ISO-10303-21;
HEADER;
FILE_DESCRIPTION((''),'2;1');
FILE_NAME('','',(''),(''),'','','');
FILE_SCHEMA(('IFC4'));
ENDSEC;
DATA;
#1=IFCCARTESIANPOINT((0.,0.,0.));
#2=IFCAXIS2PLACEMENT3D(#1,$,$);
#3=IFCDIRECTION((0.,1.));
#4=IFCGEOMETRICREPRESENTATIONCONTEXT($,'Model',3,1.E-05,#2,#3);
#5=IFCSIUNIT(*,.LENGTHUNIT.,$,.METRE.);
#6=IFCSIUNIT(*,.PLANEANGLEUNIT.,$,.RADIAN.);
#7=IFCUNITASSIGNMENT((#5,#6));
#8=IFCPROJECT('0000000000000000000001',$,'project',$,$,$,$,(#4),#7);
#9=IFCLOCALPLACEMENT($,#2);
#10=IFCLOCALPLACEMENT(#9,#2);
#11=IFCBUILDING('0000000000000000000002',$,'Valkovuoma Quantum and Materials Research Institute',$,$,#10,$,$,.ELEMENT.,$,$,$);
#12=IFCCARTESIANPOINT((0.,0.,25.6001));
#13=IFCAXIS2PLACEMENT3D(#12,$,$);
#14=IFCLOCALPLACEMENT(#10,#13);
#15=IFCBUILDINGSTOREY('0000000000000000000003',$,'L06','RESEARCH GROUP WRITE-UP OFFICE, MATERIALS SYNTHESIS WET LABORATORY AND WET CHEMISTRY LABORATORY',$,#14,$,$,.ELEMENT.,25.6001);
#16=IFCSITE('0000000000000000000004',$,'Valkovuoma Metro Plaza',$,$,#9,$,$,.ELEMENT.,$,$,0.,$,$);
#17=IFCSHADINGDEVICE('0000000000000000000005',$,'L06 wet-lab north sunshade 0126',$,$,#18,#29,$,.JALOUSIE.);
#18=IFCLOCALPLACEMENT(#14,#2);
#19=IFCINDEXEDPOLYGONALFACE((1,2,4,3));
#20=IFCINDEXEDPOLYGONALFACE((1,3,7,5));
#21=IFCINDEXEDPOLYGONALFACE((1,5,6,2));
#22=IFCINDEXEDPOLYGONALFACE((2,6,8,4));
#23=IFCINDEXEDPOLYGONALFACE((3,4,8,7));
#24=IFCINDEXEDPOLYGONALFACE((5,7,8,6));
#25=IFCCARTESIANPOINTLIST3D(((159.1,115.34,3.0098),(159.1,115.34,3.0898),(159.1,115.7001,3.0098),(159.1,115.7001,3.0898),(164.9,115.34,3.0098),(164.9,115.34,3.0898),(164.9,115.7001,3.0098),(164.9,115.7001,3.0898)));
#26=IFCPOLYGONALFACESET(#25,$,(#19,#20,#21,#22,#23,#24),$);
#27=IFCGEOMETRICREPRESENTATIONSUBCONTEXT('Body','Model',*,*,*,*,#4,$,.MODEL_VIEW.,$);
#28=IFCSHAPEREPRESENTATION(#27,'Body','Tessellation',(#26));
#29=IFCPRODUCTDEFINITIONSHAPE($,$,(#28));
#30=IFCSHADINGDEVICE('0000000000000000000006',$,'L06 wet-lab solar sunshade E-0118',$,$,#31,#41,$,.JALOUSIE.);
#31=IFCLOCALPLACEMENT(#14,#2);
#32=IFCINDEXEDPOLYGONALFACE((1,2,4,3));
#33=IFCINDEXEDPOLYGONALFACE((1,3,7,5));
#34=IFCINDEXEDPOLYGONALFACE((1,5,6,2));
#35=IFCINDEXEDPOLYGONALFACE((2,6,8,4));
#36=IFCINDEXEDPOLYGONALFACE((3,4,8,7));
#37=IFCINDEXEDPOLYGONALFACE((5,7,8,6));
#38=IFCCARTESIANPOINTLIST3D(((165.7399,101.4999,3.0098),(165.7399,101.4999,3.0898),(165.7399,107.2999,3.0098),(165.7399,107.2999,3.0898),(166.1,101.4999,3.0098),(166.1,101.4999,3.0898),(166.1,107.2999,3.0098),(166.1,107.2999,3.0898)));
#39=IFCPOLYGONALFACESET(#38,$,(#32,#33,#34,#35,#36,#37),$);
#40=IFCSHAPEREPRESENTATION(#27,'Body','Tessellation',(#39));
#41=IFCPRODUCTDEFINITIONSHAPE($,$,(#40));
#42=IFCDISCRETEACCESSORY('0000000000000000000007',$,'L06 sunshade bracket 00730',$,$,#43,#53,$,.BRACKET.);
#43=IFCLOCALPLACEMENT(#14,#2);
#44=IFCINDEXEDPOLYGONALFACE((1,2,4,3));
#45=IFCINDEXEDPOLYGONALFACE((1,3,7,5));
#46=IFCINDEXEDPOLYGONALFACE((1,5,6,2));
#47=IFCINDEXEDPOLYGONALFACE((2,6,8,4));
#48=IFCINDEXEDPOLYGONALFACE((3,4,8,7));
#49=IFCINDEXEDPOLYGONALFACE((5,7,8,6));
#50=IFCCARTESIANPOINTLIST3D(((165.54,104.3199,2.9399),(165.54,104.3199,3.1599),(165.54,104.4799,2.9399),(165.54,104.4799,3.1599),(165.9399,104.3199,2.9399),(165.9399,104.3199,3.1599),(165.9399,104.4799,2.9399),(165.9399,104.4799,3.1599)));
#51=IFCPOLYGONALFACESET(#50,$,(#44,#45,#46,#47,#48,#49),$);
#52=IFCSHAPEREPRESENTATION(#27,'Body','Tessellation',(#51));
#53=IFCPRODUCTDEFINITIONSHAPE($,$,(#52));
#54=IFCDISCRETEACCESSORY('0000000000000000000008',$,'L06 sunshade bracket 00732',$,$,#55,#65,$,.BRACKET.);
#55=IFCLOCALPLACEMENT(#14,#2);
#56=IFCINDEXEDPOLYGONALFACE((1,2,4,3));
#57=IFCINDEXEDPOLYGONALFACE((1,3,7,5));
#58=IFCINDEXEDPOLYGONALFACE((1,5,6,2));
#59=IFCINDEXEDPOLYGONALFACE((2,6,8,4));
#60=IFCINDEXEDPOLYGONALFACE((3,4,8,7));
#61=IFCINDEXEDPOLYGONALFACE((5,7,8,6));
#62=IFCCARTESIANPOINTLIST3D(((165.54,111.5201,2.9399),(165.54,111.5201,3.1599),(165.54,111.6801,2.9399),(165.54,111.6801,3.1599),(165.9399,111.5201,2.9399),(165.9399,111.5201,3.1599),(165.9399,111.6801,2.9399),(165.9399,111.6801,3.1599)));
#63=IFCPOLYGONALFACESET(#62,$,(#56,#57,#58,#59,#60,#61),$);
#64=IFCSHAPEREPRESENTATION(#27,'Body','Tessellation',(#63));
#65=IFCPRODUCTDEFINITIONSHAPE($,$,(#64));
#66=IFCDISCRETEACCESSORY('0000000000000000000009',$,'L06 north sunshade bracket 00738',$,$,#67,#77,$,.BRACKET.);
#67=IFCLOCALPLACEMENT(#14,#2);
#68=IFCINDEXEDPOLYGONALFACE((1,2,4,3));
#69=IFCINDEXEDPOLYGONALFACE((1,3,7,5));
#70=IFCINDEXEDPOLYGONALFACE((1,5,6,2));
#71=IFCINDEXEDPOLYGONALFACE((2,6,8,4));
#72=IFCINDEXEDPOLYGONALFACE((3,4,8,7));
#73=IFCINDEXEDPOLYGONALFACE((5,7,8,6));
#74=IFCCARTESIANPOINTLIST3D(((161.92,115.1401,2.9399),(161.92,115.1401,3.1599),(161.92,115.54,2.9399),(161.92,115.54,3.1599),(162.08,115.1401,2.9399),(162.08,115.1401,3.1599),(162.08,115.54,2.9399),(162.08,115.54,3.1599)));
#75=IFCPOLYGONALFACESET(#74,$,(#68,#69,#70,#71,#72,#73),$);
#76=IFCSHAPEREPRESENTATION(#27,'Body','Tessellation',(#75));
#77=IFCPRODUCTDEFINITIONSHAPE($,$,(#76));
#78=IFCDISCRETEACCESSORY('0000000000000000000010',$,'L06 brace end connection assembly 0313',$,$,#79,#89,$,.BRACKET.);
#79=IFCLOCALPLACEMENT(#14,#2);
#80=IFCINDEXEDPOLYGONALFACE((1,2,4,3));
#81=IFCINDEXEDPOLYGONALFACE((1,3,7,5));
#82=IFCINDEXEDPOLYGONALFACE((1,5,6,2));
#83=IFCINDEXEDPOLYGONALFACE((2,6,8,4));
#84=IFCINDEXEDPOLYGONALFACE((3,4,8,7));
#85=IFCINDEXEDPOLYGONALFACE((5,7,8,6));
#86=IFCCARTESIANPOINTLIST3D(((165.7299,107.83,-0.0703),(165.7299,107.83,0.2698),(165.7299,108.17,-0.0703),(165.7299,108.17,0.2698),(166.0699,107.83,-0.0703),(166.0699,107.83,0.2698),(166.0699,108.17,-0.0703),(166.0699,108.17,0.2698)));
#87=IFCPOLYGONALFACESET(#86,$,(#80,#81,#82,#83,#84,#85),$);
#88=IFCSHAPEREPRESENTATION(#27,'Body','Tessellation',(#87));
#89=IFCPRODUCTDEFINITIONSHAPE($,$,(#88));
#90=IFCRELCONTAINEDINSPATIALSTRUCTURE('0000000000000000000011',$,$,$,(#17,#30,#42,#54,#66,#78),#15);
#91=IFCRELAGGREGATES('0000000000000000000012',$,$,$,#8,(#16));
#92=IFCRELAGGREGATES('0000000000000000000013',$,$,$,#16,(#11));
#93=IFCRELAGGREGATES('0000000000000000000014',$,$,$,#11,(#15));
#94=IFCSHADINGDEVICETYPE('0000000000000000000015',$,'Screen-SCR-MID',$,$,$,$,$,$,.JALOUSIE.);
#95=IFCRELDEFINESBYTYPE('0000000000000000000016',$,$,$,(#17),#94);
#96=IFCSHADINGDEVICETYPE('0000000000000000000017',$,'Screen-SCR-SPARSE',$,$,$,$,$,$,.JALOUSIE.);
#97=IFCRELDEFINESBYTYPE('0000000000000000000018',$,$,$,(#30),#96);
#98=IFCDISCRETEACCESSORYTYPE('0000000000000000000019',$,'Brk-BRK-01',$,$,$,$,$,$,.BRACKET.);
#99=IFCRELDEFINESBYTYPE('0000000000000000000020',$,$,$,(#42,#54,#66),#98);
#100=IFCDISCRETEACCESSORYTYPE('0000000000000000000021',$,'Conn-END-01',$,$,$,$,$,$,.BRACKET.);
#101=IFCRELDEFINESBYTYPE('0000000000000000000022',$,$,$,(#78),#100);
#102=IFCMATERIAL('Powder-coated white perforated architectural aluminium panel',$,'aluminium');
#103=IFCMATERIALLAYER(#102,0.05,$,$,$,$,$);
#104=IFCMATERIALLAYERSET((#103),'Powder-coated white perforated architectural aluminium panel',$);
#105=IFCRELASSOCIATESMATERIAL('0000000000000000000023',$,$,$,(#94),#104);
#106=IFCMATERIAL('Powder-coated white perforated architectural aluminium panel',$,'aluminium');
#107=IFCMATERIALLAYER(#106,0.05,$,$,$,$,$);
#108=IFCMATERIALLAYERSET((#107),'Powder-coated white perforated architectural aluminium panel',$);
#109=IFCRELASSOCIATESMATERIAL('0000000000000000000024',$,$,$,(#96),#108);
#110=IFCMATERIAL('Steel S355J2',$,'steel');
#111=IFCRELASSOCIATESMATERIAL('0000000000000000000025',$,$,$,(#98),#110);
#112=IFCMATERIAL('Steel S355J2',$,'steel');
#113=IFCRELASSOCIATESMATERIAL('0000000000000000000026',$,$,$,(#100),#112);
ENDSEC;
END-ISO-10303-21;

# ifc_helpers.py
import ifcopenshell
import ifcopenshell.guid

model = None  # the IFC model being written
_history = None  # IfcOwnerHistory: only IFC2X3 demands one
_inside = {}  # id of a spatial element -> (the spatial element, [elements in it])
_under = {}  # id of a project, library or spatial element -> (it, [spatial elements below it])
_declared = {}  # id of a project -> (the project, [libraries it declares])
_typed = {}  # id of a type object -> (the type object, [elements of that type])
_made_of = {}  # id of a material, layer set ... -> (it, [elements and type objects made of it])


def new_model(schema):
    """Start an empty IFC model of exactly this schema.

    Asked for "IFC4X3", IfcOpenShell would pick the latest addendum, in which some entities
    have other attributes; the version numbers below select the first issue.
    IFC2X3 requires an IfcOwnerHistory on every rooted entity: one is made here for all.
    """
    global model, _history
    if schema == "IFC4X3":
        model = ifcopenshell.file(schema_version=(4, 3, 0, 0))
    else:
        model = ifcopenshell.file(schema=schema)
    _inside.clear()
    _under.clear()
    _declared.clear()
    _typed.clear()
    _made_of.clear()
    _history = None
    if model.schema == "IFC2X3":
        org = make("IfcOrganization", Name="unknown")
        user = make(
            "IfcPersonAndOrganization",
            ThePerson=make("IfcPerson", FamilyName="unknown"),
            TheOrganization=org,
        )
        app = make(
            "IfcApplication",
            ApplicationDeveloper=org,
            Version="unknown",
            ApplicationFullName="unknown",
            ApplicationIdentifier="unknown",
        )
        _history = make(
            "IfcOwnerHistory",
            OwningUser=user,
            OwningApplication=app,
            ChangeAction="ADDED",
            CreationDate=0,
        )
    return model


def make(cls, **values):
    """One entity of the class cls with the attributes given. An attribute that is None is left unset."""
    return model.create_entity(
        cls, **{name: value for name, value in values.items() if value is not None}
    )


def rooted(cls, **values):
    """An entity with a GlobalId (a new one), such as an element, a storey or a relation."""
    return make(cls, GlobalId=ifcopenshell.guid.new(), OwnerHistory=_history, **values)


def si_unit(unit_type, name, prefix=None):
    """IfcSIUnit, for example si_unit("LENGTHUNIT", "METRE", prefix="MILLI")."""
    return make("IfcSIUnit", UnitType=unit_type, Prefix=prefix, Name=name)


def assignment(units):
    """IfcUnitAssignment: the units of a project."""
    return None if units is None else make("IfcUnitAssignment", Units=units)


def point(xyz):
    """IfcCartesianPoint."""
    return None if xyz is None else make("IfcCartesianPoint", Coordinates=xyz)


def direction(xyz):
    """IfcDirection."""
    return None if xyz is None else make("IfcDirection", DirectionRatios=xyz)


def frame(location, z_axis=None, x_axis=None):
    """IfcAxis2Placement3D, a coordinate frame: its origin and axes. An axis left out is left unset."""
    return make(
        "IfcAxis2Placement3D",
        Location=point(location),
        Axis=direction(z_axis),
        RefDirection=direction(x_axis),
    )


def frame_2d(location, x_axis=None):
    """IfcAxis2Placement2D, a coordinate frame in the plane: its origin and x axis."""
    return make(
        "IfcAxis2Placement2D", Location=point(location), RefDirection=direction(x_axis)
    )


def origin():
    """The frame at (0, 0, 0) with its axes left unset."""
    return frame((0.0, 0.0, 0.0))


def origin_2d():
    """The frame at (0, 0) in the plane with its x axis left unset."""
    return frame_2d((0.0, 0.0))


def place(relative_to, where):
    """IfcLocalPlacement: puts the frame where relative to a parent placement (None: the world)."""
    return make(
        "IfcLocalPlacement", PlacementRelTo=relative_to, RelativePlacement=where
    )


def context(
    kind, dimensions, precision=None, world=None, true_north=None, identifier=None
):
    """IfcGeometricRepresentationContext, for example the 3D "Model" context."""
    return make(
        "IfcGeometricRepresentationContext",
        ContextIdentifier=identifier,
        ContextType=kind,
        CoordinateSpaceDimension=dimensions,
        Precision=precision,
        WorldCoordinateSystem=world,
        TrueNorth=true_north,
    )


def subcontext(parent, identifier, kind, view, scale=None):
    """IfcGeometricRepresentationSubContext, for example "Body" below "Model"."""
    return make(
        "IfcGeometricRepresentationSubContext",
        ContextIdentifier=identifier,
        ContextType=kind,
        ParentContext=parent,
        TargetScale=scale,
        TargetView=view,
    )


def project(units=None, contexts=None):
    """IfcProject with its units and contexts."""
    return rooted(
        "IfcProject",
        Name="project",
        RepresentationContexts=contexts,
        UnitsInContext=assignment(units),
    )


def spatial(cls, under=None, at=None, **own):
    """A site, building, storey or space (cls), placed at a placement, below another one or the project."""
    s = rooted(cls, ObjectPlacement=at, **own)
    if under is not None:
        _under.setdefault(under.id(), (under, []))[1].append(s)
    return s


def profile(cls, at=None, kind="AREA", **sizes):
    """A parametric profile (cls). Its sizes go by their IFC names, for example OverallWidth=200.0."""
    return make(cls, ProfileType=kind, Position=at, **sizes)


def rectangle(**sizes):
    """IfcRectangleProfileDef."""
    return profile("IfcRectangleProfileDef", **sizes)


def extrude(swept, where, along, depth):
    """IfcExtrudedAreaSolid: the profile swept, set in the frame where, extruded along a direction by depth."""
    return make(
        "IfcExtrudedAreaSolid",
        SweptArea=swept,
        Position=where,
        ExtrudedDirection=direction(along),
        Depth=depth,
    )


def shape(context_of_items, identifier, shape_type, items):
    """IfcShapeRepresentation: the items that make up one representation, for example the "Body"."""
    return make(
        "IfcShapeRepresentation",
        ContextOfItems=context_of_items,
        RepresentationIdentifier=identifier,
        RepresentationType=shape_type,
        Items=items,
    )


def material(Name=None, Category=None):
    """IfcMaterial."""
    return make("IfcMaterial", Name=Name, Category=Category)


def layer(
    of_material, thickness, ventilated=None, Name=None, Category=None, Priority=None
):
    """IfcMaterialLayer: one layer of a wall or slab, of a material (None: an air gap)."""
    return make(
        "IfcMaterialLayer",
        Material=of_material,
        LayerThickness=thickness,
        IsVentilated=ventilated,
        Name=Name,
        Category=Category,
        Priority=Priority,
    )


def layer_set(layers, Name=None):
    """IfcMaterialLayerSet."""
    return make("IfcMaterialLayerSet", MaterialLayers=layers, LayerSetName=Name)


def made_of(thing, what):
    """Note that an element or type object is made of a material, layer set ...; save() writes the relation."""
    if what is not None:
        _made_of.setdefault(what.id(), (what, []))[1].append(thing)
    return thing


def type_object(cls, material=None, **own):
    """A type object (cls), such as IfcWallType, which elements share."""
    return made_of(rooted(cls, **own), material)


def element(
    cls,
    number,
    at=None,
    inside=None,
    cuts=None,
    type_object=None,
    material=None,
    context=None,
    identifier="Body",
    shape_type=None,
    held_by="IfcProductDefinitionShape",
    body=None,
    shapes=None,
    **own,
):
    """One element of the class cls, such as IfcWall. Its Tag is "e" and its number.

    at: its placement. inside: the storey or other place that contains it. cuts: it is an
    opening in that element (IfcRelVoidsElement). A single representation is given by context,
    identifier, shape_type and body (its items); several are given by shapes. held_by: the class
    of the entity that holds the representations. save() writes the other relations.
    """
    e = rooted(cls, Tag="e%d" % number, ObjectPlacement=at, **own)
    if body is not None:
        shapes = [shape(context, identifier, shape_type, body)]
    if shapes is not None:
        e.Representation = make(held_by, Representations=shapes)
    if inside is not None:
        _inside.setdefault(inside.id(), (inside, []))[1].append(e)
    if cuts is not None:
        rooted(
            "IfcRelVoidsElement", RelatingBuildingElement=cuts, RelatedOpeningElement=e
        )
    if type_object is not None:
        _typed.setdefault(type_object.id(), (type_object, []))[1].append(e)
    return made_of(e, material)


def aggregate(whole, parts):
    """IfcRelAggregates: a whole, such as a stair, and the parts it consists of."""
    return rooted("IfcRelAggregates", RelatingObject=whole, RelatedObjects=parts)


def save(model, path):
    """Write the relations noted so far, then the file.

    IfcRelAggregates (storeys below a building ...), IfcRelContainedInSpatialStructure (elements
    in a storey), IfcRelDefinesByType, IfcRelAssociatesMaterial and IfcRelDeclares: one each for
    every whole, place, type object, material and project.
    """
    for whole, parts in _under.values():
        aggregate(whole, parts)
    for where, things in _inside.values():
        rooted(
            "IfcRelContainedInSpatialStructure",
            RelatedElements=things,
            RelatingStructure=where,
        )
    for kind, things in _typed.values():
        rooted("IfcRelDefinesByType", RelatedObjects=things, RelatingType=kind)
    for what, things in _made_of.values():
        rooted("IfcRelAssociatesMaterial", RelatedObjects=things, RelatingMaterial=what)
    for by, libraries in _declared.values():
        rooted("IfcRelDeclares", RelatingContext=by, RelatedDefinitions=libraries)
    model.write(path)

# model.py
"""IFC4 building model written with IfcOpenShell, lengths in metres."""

from ifc_helpers import new_model, si_unit, direction, frame, origin, origin_2d, place, context, subcontext, project, spatial, rectangle, extrude, material, layer, layer_set, type_object, element, save


model = new_model("IFC4")

# Units and contexts
model_context = context("Model", 3, precision=1e-05, world=origin(), true_north=direction((0.0, 1.0)))
body_context = subcontext(model_context, "Body", "Model", "MODEL_VIEW")
ifc_project = project(units=[si_unit("LENGTHUNIT", "METRE"), si_unit("PLANEANGLEUNIT", "RADIAN")], contexts=[model_context])

# Site, building, storey
site_placement = place(None, origin())
site = spatial("IfcSite", under=ifc_project, at=site_placement, Name="Valkovuoma Metro Plaza", CompositionType="ELEMENT", RefElevation=0.0)
building_placement = place(site_placement, origin())
building = spatial("IfcBuilding", under=site, at=building_placement, Name="Valkovuoma Quantum and Materials Research Institute", CompositionType="ELEMENT")
storey_placement = place(building_placement, frame((0.0, 0.0, 25.6001)))
storey = spatial("IfcBuildingStorey", under=building, at=storey_placement, Name="L06", Description="RESEARCH GROUP WRITE-UP OFFICE, MATERIALS SYNTHESIS WET LABORATORY AND WET CHEMISTRY LABORATORY", CompositionType="ELEMENT", Elevation=25.6001)

# Shading devices
ifc_material_1 = material(Name="Powder-coated white perforated architectural aluminium panel", Category="aluminium")
ifc_layer_1 = layer(ifc_material_1, 0.05)
ifc_layer_set_1 = layer_set([ifc_layer_1], Name="Powder-coated white perforated architectural aluminium panel")
shading_device_type_1 = type_object("IfcShadingDeviceType", Name="Screen-SCR-MID", PredefinedType="JALOUSIE", material=ifc_layer_set_1)
shading_device_1_placement = place(storey_placement, frame((162.0, 115.52, 3.0098), z_axis=(0.0, 0.0, 1.0), x_axis=(1.0, 0.0, 0.0)))
element("IfcShadingDevice", 1, at=shading_device_1_placement, inside=storey, type_object=shading_device_type_1, Name="L06 wet-lab north sunshade 0126", PredefinedType="JALOUSIE", context=body_context, shape_type="SweptSolid", body=[
    extrude(rectangle(XDim=5.8, YDim=0.3601, at=origin_2d()), origin(), (0.0, 0.0, 1.0), 0.0801),
])
ifc_material_2 = material(Name="Powder-coated white perforated architectural aluminium panel", Category="aluminium")
ifc_layer_2 = layer(ifc_material_2, 0.05)
ifc_layer_set_2 = layer_set([ifc_layer_2], Name="Powder-coated white perforated architectural aluminium panel")
shading_device_type_2 = type_object("IfcShadingDeviceType", Name="Screen-SCR-SPARSE", PredefinedType="JALOUSIE", material=ifc_layer_set_2)
shading_device_2_placement = place(storey_placement, frame((165.9199, 104.3999, 3.0098), z_axis=(0.0, 0.0, 1.0), x_axis=(1.0, 0.0, 0.0)))
element("IfcShadingDevice", 2, at=shading_device_2_placement, inside=storey, type_object=shading_device_type_2, Name="L06 wet-lab solar sunshade E-0118", PredefinedType="JALOUSIE", context=body_context, shape_type="SweptSolid", body=[
    extrude(rectangle(XDim=0.3601, YDim=5.8, at=origin_2d()), origin(), (0.0, 0.0, 1.0), 0.0801),
])

# Discrete accessories
ifc_material_3 = material(Name="Steel S355J2", Category="steel")
discrete_accessory_type_1 = type_object("IfcDiscreteAccessoryType", Name="Brk-BRK-01", PredefinedType="BRACKET", material=ifc_material_3)
for number, where, z_axis, x_axis, name in (
    (3, (165.74, 104.3999, 2.9399), (0.0, 0.0, 1.0), (1.0, 0.0, 0.0), "L06 sunshade bracket 00730"),
    (4, (165.74, 111.6001, 2.9399), (0.0, 0.0, 1.0), (1.0, 0.0, 0.0), "L06 sunshade bracket 00732"),
):
    element("IfcDiscreteAccessory", number, at=place(storey_placement, frame(where, z_axis=z_axis, x_axis=x_axis)), inside=storey, type_object=discrete_accessory_type_1, Name=name, PredefinedType="BRACKET", context=body_context, shape_type="SweptSolid", body=[
        extrude(rectangle(XDim=0.3999, YDim=0.1599, at=origin_2d()), origin(), (0.0, 0.0, 1.0), 0.22),
    ])
discrete_accessory_1_placement = place(storey_placement, frame((162.0, 115.3401, 2.9399), z_axis=(0.0, 0.0, 1.0), x_axis=(1.0, 0.0, 0.0)))
element("IfcDiscreteAccessory", 5, at=discrete_accessory_1_placement, inside=storey, type_object=discrete_accessory_type_1, Name="L06 north sunshade bracket 00738", PredefinedType="BRACKET", context=body_context, shape_type="SweptSolid", body=[
    extrude(rectangle(XDim=0.1599, YDim=0.3999, at=origin_2d()), origin(), (0.0, 0.0, 1.0), 0.22),
])
ifc_material_4 = material(Name="Steel S355J2", Category="steel")
discrete_accessory_type_2 = type_object("IfcDiscreteAccessoryType", Name="Conn-END-01", PredefinedType="BRACKET", material=ifc_material_4)
discrete_accessory_2_placement = place(storey_placement, frame((165.8999, 108.0, -0.0703), z_axis=(0.0, 0.0, 1.0), x_axis=(1.0, 0.0, 0.0)))
element("IfcDiscreteAccessory", 6, at=discrete_accessory_2_placement, inside=storey, type_object=discrete_accessory_type_2, Name="L06 brace end connection assembly 0313", PredefinedType="BRACKET", context=body_context, shape_type="SweptSolid", body=[
    extrude(rectangle(XDim=0.3401, YDim=0.3401, at=origin_2d()), origin(), (0.0, 0.0, 1.0), 0.3401),
])

save(model, "model.ifc")
